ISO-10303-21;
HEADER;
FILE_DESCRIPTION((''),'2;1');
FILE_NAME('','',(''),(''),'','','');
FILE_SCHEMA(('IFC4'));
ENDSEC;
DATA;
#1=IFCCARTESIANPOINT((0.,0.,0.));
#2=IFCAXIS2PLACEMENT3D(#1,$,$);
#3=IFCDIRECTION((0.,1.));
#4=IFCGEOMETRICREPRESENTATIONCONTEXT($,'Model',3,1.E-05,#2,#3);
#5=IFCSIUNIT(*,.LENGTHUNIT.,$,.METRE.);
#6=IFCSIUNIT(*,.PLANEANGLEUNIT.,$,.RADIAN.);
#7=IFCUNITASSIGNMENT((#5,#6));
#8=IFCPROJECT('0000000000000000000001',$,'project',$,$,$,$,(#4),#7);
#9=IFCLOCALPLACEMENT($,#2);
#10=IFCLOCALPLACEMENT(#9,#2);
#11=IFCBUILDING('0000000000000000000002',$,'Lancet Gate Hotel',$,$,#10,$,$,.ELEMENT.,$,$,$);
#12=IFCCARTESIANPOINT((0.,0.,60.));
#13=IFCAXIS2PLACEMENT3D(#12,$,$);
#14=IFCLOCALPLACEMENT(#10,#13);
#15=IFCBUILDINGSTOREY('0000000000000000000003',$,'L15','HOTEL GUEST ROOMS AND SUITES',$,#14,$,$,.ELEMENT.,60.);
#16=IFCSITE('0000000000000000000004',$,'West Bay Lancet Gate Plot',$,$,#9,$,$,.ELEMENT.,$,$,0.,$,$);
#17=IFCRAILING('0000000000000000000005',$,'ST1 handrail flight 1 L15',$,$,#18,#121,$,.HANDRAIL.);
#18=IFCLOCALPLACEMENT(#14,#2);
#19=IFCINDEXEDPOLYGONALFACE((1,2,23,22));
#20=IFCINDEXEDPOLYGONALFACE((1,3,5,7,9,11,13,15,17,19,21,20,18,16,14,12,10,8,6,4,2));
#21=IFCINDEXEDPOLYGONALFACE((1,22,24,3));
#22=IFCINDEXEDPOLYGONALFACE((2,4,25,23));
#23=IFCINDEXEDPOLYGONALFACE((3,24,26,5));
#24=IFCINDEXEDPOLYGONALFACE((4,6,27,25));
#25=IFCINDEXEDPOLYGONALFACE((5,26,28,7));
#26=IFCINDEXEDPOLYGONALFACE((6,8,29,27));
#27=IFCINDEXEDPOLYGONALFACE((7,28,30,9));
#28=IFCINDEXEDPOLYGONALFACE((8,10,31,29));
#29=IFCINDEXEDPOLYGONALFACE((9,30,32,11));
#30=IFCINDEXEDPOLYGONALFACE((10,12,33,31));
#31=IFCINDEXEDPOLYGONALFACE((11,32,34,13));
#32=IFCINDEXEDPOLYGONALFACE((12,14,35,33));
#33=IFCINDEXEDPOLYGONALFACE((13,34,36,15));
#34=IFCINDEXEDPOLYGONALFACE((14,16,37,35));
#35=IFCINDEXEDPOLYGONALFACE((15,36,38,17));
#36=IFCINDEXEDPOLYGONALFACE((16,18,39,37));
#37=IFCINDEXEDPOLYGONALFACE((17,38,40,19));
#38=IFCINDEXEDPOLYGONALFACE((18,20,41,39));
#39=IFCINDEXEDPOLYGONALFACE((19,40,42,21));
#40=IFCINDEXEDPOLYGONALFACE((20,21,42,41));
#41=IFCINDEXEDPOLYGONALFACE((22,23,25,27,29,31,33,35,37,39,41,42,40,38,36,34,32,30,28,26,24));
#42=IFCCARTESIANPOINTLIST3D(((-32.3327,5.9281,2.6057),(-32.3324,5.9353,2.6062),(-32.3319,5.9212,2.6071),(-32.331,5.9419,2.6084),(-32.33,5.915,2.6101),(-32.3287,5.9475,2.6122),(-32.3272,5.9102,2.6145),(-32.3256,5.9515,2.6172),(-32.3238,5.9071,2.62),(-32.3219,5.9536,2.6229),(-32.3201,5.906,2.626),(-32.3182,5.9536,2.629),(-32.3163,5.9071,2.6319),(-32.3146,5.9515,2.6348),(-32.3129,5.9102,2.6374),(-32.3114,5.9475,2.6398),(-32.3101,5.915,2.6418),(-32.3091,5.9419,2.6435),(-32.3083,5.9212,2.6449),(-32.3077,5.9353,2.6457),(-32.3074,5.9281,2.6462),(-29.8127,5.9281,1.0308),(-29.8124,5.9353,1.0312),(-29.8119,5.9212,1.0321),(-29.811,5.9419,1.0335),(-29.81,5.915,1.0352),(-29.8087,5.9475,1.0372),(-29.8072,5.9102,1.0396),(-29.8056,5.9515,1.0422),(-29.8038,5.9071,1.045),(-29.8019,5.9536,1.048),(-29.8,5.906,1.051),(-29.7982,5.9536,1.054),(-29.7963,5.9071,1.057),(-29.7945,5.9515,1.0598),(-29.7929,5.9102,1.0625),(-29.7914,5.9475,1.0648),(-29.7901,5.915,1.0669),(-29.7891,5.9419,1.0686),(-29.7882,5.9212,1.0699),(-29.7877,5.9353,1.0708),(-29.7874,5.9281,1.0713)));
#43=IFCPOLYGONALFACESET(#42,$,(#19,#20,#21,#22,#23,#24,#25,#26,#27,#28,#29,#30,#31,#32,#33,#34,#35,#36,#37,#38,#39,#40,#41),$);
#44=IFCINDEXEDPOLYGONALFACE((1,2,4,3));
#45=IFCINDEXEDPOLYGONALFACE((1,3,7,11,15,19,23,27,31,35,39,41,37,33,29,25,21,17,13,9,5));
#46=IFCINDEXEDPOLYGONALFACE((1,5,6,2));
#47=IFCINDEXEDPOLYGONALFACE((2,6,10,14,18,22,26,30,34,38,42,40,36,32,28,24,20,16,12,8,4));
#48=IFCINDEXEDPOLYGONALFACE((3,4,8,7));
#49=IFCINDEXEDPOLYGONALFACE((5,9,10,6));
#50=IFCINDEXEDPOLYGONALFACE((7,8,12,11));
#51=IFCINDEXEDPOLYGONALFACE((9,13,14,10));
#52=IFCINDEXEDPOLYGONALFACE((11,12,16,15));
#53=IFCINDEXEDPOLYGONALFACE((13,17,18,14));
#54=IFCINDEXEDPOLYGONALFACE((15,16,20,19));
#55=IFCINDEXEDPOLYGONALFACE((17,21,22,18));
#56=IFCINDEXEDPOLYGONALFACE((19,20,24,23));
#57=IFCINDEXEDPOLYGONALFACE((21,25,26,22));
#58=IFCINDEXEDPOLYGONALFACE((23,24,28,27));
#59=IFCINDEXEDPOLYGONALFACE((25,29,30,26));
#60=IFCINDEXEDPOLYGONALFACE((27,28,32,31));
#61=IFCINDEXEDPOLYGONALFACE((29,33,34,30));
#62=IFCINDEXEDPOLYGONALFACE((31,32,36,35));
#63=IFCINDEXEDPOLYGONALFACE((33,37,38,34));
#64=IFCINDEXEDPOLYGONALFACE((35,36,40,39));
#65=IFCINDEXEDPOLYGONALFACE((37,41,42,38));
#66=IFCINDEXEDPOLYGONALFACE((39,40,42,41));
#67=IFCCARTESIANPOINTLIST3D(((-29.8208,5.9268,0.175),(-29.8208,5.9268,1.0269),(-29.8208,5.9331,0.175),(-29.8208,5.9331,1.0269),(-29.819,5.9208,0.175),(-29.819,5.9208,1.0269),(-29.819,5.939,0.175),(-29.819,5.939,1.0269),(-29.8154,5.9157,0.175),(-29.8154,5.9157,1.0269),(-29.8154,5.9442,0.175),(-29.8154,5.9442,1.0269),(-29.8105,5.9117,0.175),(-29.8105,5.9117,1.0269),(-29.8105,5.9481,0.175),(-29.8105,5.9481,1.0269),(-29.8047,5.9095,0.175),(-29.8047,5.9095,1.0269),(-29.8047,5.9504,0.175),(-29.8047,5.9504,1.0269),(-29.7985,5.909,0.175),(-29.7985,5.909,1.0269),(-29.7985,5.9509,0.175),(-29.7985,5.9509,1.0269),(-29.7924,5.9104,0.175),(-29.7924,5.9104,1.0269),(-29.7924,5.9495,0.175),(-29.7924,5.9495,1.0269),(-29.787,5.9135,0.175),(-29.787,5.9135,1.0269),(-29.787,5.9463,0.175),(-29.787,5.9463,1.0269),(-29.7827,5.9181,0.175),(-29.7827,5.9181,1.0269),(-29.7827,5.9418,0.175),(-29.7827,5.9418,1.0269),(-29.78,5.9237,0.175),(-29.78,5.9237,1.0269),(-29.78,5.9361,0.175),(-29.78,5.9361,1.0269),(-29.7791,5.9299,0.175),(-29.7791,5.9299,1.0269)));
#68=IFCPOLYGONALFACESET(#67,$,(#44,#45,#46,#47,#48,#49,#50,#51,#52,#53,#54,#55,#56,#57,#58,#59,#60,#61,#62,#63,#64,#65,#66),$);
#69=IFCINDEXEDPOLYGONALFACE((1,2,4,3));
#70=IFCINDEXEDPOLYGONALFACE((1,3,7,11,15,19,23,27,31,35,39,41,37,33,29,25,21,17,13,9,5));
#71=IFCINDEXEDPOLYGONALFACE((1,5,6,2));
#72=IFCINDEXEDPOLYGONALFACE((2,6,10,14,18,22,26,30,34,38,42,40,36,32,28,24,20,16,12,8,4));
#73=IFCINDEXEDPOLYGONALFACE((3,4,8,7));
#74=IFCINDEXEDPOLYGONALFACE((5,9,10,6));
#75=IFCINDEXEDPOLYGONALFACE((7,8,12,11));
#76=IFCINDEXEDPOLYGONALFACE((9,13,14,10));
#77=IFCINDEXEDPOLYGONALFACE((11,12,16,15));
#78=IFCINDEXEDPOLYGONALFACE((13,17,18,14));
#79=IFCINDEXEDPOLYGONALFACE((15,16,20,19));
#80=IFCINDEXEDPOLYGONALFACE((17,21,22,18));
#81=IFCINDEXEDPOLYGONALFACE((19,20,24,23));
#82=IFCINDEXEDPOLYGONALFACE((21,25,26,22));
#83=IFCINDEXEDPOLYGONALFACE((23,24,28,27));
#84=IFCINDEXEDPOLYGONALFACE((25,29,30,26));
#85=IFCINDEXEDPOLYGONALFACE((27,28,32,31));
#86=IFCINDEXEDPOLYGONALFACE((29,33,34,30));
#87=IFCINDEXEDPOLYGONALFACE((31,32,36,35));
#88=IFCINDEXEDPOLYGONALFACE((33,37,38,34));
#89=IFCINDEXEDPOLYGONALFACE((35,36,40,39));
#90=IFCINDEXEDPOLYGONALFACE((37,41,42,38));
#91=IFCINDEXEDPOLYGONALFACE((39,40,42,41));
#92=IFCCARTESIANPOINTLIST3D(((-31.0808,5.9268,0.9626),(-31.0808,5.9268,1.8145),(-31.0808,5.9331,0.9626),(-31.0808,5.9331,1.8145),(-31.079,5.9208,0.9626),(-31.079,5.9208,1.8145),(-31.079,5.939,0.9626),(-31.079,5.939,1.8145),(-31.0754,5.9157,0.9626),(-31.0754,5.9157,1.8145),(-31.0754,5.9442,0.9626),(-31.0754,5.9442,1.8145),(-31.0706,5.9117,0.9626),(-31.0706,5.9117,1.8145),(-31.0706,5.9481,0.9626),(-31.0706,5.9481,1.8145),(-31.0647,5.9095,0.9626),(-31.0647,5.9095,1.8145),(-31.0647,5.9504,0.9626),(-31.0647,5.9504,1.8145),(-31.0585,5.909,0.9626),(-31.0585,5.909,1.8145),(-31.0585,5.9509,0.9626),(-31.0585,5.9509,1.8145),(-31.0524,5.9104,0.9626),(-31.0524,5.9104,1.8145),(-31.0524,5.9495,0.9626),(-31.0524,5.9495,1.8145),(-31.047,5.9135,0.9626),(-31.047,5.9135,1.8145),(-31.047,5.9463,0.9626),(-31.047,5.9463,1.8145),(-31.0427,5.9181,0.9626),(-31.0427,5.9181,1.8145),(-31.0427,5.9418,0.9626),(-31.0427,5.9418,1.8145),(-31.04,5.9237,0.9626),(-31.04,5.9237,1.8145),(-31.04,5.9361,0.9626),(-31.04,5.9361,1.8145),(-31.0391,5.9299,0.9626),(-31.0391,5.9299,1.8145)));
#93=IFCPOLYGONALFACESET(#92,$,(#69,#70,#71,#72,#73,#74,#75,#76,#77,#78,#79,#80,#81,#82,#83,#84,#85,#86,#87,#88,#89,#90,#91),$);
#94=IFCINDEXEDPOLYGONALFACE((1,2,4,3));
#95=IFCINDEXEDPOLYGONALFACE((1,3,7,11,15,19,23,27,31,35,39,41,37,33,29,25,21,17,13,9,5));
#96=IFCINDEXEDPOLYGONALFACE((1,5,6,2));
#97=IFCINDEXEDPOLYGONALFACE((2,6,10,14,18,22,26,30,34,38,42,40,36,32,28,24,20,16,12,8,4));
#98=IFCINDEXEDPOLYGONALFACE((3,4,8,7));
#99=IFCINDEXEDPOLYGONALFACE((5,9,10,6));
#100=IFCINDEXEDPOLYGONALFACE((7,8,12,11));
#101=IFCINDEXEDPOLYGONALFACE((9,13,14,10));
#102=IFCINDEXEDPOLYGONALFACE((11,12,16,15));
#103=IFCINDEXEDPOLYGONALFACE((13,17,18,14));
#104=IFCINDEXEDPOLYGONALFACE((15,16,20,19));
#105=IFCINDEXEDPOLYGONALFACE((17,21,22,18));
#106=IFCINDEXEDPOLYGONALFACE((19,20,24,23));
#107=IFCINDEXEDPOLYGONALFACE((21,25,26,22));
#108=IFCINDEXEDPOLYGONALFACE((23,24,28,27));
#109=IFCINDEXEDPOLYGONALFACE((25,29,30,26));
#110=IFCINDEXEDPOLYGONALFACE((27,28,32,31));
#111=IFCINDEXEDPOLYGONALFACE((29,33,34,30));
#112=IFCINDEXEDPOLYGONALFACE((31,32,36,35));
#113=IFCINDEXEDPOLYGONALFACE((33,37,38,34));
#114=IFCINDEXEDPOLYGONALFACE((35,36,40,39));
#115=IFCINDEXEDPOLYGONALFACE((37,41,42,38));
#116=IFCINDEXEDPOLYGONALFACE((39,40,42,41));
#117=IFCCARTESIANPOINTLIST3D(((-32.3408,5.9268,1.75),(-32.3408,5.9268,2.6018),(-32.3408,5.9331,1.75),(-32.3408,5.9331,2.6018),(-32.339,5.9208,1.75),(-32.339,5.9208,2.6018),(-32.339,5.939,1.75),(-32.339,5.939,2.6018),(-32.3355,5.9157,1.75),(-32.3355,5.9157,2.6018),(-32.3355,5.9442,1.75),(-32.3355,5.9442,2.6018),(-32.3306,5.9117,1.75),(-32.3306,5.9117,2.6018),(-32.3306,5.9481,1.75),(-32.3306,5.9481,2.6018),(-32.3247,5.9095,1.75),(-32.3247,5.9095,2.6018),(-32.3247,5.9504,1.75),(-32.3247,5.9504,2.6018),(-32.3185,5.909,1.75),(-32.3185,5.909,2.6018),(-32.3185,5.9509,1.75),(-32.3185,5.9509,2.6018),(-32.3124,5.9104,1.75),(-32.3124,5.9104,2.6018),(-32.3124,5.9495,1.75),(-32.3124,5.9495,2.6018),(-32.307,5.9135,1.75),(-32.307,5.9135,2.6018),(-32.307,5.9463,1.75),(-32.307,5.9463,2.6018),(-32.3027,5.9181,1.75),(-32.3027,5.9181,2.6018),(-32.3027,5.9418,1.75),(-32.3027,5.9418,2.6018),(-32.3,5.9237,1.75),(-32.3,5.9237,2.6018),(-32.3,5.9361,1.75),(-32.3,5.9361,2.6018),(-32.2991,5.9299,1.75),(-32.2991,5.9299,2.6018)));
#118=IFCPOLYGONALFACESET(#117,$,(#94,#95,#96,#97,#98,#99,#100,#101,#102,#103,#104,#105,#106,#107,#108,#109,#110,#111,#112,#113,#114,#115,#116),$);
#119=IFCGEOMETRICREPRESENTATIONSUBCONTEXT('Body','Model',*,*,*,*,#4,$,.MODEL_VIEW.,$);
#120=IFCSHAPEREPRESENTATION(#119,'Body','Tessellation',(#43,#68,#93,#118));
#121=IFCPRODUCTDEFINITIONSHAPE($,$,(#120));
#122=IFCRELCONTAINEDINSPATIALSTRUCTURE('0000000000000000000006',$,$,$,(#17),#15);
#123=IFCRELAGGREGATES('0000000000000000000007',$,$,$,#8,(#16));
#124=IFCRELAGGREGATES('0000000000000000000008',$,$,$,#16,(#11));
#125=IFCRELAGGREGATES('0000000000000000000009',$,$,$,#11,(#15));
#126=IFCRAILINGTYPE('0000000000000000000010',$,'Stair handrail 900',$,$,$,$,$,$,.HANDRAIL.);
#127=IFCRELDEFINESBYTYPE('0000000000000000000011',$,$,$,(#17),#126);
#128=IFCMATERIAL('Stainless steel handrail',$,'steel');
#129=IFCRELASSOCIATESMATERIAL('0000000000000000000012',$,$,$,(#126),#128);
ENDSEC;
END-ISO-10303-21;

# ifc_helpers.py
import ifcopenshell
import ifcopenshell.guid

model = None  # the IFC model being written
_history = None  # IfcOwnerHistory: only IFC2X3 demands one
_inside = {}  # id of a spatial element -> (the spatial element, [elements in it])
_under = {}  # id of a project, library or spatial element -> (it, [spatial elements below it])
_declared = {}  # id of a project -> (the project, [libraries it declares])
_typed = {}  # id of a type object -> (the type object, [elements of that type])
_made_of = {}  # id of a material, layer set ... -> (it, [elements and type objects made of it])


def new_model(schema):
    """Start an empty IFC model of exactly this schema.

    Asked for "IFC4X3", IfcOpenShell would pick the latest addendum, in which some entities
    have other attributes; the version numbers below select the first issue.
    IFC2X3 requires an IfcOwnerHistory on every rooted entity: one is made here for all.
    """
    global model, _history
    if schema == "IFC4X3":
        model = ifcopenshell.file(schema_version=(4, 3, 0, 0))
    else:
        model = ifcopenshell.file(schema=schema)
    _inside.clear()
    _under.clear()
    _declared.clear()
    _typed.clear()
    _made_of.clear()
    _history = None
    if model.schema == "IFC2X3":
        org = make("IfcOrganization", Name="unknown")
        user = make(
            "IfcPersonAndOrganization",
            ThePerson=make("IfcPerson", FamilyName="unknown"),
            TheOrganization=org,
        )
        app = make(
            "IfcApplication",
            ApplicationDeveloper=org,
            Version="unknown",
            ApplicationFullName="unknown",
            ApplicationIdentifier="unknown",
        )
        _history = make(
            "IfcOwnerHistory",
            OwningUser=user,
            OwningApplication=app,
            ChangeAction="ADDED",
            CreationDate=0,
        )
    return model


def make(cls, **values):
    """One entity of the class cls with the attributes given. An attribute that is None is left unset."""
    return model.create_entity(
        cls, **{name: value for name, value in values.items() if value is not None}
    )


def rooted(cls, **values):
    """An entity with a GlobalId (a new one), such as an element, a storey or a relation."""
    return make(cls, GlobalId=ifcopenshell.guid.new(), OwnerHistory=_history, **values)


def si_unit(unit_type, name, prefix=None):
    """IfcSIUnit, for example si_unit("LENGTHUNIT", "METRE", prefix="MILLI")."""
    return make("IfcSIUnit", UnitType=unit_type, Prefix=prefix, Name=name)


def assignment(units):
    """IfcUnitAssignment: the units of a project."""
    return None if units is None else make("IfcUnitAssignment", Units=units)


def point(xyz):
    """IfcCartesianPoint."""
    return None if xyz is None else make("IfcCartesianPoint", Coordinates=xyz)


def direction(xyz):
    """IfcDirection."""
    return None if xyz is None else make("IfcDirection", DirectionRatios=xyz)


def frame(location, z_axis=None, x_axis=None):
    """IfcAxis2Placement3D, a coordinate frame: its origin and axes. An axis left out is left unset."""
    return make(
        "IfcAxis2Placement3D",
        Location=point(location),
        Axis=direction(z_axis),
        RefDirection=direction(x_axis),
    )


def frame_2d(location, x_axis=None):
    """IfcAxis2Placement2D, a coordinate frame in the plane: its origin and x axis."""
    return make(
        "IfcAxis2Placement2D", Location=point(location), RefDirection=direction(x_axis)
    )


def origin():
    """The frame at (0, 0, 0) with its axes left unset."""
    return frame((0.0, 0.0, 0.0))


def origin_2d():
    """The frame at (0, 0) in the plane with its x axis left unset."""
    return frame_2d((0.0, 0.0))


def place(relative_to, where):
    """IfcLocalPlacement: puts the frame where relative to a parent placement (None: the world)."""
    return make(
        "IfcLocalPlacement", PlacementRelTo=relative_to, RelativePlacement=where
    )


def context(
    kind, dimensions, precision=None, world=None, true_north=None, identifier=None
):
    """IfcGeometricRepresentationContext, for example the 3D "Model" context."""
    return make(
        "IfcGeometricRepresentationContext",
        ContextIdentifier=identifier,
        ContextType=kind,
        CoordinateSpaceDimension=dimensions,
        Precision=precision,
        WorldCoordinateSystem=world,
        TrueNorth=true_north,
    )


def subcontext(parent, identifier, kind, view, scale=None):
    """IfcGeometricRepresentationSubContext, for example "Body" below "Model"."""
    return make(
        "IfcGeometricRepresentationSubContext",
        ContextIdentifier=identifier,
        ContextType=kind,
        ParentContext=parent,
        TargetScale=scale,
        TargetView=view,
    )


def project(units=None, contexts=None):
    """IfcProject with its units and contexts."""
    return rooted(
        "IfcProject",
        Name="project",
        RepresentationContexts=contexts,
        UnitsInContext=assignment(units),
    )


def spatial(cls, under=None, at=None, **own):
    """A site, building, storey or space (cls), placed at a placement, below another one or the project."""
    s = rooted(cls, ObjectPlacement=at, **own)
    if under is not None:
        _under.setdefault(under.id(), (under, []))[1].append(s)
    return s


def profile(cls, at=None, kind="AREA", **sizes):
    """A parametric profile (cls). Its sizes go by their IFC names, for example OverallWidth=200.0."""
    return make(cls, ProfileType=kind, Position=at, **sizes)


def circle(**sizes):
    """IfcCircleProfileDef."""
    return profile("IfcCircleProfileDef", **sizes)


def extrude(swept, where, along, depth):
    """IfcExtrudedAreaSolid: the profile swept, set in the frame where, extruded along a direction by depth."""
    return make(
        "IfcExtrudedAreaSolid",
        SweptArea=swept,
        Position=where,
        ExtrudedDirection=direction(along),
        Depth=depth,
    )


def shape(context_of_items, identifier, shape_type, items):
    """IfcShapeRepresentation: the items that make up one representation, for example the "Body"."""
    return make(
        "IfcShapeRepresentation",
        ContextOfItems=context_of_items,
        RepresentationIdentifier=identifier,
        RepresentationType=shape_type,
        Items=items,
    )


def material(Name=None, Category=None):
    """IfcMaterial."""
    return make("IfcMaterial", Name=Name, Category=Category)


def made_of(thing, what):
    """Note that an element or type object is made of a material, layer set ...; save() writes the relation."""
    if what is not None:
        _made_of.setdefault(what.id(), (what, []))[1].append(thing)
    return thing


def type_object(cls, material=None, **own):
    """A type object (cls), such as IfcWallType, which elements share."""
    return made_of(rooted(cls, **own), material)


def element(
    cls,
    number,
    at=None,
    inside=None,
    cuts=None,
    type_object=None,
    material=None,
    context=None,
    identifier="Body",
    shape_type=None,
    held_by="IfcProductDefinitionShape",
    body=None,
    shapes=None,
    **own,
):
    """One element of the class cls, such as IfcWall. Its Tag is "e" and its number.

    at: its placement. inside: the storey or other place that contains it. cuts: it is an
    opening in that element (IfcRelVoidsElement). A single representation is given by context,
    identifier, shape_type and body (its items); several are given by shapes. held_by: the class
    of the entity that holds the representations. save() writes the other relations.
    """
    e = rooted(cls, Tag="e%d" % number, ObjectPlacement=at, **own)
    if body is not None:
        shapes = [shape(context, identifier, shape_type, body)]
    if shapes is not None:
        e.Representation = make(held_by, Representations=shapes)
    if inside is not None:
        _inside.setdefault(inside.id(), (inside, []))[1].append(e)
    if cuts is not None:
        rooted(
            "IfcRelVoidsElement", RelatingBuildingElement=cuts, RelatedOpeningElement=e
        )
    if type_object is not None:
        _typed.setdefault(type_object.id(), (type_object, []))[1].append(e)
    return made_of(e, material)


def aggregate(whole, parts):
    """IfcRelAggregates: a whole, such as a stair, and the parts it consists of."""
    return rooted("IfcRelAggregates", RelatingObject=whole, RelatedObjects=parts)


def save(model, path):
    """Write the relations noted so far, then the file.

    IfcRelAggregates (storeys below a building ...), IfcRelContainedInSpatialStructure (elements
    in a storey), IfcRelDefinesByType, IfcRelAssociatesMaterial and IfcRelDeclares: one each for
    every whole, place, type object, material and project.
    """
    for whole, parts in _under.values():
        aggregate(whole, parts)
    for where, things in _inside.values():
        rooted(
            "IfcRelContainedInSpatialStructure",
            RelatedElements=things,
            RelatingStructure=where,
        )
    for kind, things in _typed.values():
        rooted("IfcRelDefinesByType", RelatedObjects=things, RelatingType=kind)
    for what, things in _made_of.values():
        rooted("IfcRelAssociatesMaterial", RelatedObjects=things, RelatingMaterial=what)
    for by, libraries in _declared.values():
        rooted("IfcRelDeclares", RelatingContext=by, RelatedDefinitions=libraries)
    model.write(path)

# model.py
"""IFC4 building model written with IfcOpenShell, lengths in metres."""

from ifc_helpers import new_model, si_unit, direction, frame, origin, origin_2d, place, context, subcontext, project, spatial, circle, extrude, material, type_object, element, save


model = new_model("IFC4")

# Units and contexts
model_context = context("Model", 3, precision=1e-05, world=origin(), true_north=direction((0.0, 1.0)))
body_context = subcontext(model_context, "Body", "Model", "MODEL_VIEW")
ifc_project = project(units=[si_unit("LENGTHUNIT", "METRE"), si_unit("PLANEANGLEUNIT", "RADIAN")], contexts=[model_context])

# Site, building, storey
site_placement = place(None, origin())
site = spatial("IfcSite", under=ifc_project, at=site_placement, Name="West Bay Lancet Gate Plot", CompositionType="ELEMENT", RefElevation=0.0)
building_placement = place(site_placement, origin())
building = spatial("IfcBuilding", under=site, at=building_placement, Name="Lancet Gate Hotel", CompositionType="ELEMENT")
storey_placement = place(building_placement, frame((0.0, 0.0, 60.0)))
storey = spatial("IfcBuildingStorey", under=building, at=storey_placement, Name="L15", Description="HOTEL GUEST ROOMS AND SUITES", CompositionType="ELEMENT", Elevation=60.0)

# Railing
ifc_material_1 = material(Name="Stainless steel handrail", Category="steel")
railing_type = type_object("IfcRailingType", Name="Stair handrail 900", PredefinedType="HANDRAIL", material=ifc_material_1)
railing_1_placement = place(storey_placement, frame((-29.8, 5.9299, 0.175)))
element("IfcRailing", 1, at=railing_1_placement, inside=storey, type_object=railing_type, Name="ST1 handrail flight 1 L15", PredefinedType="HANDRAIL", context=body_context, shape_type="SweptSolid", body=[
    extrude(circle(Radius=0.0239, at=origin_2d()), frame((0.0, 0.0, 0.876), z_axis=(-0.848008, 0.0, 0.529984), x_axis=(0.0, -1.0, 0.0)), (0.0, 0.0, 1.0), 2.9717),
    extrude(circle(Radius=0.021, at=origin_2d()), origin(), (0.0, 0.0, 1.0), 0.8518),
    extrude(circle(Radius=0.021, at=origin_2d()), frame((-1.26, 0.0, 0.7876)), (0.0, 0.0, 1.0), 0.8518),
    extrude(circle(Radius=0.021, at=origin_2d()), frame((-2.52, 0.0, 1.575)), (0.0, 0.0, 1.0), 0.8518),
])

save(model, "model.ifc")
